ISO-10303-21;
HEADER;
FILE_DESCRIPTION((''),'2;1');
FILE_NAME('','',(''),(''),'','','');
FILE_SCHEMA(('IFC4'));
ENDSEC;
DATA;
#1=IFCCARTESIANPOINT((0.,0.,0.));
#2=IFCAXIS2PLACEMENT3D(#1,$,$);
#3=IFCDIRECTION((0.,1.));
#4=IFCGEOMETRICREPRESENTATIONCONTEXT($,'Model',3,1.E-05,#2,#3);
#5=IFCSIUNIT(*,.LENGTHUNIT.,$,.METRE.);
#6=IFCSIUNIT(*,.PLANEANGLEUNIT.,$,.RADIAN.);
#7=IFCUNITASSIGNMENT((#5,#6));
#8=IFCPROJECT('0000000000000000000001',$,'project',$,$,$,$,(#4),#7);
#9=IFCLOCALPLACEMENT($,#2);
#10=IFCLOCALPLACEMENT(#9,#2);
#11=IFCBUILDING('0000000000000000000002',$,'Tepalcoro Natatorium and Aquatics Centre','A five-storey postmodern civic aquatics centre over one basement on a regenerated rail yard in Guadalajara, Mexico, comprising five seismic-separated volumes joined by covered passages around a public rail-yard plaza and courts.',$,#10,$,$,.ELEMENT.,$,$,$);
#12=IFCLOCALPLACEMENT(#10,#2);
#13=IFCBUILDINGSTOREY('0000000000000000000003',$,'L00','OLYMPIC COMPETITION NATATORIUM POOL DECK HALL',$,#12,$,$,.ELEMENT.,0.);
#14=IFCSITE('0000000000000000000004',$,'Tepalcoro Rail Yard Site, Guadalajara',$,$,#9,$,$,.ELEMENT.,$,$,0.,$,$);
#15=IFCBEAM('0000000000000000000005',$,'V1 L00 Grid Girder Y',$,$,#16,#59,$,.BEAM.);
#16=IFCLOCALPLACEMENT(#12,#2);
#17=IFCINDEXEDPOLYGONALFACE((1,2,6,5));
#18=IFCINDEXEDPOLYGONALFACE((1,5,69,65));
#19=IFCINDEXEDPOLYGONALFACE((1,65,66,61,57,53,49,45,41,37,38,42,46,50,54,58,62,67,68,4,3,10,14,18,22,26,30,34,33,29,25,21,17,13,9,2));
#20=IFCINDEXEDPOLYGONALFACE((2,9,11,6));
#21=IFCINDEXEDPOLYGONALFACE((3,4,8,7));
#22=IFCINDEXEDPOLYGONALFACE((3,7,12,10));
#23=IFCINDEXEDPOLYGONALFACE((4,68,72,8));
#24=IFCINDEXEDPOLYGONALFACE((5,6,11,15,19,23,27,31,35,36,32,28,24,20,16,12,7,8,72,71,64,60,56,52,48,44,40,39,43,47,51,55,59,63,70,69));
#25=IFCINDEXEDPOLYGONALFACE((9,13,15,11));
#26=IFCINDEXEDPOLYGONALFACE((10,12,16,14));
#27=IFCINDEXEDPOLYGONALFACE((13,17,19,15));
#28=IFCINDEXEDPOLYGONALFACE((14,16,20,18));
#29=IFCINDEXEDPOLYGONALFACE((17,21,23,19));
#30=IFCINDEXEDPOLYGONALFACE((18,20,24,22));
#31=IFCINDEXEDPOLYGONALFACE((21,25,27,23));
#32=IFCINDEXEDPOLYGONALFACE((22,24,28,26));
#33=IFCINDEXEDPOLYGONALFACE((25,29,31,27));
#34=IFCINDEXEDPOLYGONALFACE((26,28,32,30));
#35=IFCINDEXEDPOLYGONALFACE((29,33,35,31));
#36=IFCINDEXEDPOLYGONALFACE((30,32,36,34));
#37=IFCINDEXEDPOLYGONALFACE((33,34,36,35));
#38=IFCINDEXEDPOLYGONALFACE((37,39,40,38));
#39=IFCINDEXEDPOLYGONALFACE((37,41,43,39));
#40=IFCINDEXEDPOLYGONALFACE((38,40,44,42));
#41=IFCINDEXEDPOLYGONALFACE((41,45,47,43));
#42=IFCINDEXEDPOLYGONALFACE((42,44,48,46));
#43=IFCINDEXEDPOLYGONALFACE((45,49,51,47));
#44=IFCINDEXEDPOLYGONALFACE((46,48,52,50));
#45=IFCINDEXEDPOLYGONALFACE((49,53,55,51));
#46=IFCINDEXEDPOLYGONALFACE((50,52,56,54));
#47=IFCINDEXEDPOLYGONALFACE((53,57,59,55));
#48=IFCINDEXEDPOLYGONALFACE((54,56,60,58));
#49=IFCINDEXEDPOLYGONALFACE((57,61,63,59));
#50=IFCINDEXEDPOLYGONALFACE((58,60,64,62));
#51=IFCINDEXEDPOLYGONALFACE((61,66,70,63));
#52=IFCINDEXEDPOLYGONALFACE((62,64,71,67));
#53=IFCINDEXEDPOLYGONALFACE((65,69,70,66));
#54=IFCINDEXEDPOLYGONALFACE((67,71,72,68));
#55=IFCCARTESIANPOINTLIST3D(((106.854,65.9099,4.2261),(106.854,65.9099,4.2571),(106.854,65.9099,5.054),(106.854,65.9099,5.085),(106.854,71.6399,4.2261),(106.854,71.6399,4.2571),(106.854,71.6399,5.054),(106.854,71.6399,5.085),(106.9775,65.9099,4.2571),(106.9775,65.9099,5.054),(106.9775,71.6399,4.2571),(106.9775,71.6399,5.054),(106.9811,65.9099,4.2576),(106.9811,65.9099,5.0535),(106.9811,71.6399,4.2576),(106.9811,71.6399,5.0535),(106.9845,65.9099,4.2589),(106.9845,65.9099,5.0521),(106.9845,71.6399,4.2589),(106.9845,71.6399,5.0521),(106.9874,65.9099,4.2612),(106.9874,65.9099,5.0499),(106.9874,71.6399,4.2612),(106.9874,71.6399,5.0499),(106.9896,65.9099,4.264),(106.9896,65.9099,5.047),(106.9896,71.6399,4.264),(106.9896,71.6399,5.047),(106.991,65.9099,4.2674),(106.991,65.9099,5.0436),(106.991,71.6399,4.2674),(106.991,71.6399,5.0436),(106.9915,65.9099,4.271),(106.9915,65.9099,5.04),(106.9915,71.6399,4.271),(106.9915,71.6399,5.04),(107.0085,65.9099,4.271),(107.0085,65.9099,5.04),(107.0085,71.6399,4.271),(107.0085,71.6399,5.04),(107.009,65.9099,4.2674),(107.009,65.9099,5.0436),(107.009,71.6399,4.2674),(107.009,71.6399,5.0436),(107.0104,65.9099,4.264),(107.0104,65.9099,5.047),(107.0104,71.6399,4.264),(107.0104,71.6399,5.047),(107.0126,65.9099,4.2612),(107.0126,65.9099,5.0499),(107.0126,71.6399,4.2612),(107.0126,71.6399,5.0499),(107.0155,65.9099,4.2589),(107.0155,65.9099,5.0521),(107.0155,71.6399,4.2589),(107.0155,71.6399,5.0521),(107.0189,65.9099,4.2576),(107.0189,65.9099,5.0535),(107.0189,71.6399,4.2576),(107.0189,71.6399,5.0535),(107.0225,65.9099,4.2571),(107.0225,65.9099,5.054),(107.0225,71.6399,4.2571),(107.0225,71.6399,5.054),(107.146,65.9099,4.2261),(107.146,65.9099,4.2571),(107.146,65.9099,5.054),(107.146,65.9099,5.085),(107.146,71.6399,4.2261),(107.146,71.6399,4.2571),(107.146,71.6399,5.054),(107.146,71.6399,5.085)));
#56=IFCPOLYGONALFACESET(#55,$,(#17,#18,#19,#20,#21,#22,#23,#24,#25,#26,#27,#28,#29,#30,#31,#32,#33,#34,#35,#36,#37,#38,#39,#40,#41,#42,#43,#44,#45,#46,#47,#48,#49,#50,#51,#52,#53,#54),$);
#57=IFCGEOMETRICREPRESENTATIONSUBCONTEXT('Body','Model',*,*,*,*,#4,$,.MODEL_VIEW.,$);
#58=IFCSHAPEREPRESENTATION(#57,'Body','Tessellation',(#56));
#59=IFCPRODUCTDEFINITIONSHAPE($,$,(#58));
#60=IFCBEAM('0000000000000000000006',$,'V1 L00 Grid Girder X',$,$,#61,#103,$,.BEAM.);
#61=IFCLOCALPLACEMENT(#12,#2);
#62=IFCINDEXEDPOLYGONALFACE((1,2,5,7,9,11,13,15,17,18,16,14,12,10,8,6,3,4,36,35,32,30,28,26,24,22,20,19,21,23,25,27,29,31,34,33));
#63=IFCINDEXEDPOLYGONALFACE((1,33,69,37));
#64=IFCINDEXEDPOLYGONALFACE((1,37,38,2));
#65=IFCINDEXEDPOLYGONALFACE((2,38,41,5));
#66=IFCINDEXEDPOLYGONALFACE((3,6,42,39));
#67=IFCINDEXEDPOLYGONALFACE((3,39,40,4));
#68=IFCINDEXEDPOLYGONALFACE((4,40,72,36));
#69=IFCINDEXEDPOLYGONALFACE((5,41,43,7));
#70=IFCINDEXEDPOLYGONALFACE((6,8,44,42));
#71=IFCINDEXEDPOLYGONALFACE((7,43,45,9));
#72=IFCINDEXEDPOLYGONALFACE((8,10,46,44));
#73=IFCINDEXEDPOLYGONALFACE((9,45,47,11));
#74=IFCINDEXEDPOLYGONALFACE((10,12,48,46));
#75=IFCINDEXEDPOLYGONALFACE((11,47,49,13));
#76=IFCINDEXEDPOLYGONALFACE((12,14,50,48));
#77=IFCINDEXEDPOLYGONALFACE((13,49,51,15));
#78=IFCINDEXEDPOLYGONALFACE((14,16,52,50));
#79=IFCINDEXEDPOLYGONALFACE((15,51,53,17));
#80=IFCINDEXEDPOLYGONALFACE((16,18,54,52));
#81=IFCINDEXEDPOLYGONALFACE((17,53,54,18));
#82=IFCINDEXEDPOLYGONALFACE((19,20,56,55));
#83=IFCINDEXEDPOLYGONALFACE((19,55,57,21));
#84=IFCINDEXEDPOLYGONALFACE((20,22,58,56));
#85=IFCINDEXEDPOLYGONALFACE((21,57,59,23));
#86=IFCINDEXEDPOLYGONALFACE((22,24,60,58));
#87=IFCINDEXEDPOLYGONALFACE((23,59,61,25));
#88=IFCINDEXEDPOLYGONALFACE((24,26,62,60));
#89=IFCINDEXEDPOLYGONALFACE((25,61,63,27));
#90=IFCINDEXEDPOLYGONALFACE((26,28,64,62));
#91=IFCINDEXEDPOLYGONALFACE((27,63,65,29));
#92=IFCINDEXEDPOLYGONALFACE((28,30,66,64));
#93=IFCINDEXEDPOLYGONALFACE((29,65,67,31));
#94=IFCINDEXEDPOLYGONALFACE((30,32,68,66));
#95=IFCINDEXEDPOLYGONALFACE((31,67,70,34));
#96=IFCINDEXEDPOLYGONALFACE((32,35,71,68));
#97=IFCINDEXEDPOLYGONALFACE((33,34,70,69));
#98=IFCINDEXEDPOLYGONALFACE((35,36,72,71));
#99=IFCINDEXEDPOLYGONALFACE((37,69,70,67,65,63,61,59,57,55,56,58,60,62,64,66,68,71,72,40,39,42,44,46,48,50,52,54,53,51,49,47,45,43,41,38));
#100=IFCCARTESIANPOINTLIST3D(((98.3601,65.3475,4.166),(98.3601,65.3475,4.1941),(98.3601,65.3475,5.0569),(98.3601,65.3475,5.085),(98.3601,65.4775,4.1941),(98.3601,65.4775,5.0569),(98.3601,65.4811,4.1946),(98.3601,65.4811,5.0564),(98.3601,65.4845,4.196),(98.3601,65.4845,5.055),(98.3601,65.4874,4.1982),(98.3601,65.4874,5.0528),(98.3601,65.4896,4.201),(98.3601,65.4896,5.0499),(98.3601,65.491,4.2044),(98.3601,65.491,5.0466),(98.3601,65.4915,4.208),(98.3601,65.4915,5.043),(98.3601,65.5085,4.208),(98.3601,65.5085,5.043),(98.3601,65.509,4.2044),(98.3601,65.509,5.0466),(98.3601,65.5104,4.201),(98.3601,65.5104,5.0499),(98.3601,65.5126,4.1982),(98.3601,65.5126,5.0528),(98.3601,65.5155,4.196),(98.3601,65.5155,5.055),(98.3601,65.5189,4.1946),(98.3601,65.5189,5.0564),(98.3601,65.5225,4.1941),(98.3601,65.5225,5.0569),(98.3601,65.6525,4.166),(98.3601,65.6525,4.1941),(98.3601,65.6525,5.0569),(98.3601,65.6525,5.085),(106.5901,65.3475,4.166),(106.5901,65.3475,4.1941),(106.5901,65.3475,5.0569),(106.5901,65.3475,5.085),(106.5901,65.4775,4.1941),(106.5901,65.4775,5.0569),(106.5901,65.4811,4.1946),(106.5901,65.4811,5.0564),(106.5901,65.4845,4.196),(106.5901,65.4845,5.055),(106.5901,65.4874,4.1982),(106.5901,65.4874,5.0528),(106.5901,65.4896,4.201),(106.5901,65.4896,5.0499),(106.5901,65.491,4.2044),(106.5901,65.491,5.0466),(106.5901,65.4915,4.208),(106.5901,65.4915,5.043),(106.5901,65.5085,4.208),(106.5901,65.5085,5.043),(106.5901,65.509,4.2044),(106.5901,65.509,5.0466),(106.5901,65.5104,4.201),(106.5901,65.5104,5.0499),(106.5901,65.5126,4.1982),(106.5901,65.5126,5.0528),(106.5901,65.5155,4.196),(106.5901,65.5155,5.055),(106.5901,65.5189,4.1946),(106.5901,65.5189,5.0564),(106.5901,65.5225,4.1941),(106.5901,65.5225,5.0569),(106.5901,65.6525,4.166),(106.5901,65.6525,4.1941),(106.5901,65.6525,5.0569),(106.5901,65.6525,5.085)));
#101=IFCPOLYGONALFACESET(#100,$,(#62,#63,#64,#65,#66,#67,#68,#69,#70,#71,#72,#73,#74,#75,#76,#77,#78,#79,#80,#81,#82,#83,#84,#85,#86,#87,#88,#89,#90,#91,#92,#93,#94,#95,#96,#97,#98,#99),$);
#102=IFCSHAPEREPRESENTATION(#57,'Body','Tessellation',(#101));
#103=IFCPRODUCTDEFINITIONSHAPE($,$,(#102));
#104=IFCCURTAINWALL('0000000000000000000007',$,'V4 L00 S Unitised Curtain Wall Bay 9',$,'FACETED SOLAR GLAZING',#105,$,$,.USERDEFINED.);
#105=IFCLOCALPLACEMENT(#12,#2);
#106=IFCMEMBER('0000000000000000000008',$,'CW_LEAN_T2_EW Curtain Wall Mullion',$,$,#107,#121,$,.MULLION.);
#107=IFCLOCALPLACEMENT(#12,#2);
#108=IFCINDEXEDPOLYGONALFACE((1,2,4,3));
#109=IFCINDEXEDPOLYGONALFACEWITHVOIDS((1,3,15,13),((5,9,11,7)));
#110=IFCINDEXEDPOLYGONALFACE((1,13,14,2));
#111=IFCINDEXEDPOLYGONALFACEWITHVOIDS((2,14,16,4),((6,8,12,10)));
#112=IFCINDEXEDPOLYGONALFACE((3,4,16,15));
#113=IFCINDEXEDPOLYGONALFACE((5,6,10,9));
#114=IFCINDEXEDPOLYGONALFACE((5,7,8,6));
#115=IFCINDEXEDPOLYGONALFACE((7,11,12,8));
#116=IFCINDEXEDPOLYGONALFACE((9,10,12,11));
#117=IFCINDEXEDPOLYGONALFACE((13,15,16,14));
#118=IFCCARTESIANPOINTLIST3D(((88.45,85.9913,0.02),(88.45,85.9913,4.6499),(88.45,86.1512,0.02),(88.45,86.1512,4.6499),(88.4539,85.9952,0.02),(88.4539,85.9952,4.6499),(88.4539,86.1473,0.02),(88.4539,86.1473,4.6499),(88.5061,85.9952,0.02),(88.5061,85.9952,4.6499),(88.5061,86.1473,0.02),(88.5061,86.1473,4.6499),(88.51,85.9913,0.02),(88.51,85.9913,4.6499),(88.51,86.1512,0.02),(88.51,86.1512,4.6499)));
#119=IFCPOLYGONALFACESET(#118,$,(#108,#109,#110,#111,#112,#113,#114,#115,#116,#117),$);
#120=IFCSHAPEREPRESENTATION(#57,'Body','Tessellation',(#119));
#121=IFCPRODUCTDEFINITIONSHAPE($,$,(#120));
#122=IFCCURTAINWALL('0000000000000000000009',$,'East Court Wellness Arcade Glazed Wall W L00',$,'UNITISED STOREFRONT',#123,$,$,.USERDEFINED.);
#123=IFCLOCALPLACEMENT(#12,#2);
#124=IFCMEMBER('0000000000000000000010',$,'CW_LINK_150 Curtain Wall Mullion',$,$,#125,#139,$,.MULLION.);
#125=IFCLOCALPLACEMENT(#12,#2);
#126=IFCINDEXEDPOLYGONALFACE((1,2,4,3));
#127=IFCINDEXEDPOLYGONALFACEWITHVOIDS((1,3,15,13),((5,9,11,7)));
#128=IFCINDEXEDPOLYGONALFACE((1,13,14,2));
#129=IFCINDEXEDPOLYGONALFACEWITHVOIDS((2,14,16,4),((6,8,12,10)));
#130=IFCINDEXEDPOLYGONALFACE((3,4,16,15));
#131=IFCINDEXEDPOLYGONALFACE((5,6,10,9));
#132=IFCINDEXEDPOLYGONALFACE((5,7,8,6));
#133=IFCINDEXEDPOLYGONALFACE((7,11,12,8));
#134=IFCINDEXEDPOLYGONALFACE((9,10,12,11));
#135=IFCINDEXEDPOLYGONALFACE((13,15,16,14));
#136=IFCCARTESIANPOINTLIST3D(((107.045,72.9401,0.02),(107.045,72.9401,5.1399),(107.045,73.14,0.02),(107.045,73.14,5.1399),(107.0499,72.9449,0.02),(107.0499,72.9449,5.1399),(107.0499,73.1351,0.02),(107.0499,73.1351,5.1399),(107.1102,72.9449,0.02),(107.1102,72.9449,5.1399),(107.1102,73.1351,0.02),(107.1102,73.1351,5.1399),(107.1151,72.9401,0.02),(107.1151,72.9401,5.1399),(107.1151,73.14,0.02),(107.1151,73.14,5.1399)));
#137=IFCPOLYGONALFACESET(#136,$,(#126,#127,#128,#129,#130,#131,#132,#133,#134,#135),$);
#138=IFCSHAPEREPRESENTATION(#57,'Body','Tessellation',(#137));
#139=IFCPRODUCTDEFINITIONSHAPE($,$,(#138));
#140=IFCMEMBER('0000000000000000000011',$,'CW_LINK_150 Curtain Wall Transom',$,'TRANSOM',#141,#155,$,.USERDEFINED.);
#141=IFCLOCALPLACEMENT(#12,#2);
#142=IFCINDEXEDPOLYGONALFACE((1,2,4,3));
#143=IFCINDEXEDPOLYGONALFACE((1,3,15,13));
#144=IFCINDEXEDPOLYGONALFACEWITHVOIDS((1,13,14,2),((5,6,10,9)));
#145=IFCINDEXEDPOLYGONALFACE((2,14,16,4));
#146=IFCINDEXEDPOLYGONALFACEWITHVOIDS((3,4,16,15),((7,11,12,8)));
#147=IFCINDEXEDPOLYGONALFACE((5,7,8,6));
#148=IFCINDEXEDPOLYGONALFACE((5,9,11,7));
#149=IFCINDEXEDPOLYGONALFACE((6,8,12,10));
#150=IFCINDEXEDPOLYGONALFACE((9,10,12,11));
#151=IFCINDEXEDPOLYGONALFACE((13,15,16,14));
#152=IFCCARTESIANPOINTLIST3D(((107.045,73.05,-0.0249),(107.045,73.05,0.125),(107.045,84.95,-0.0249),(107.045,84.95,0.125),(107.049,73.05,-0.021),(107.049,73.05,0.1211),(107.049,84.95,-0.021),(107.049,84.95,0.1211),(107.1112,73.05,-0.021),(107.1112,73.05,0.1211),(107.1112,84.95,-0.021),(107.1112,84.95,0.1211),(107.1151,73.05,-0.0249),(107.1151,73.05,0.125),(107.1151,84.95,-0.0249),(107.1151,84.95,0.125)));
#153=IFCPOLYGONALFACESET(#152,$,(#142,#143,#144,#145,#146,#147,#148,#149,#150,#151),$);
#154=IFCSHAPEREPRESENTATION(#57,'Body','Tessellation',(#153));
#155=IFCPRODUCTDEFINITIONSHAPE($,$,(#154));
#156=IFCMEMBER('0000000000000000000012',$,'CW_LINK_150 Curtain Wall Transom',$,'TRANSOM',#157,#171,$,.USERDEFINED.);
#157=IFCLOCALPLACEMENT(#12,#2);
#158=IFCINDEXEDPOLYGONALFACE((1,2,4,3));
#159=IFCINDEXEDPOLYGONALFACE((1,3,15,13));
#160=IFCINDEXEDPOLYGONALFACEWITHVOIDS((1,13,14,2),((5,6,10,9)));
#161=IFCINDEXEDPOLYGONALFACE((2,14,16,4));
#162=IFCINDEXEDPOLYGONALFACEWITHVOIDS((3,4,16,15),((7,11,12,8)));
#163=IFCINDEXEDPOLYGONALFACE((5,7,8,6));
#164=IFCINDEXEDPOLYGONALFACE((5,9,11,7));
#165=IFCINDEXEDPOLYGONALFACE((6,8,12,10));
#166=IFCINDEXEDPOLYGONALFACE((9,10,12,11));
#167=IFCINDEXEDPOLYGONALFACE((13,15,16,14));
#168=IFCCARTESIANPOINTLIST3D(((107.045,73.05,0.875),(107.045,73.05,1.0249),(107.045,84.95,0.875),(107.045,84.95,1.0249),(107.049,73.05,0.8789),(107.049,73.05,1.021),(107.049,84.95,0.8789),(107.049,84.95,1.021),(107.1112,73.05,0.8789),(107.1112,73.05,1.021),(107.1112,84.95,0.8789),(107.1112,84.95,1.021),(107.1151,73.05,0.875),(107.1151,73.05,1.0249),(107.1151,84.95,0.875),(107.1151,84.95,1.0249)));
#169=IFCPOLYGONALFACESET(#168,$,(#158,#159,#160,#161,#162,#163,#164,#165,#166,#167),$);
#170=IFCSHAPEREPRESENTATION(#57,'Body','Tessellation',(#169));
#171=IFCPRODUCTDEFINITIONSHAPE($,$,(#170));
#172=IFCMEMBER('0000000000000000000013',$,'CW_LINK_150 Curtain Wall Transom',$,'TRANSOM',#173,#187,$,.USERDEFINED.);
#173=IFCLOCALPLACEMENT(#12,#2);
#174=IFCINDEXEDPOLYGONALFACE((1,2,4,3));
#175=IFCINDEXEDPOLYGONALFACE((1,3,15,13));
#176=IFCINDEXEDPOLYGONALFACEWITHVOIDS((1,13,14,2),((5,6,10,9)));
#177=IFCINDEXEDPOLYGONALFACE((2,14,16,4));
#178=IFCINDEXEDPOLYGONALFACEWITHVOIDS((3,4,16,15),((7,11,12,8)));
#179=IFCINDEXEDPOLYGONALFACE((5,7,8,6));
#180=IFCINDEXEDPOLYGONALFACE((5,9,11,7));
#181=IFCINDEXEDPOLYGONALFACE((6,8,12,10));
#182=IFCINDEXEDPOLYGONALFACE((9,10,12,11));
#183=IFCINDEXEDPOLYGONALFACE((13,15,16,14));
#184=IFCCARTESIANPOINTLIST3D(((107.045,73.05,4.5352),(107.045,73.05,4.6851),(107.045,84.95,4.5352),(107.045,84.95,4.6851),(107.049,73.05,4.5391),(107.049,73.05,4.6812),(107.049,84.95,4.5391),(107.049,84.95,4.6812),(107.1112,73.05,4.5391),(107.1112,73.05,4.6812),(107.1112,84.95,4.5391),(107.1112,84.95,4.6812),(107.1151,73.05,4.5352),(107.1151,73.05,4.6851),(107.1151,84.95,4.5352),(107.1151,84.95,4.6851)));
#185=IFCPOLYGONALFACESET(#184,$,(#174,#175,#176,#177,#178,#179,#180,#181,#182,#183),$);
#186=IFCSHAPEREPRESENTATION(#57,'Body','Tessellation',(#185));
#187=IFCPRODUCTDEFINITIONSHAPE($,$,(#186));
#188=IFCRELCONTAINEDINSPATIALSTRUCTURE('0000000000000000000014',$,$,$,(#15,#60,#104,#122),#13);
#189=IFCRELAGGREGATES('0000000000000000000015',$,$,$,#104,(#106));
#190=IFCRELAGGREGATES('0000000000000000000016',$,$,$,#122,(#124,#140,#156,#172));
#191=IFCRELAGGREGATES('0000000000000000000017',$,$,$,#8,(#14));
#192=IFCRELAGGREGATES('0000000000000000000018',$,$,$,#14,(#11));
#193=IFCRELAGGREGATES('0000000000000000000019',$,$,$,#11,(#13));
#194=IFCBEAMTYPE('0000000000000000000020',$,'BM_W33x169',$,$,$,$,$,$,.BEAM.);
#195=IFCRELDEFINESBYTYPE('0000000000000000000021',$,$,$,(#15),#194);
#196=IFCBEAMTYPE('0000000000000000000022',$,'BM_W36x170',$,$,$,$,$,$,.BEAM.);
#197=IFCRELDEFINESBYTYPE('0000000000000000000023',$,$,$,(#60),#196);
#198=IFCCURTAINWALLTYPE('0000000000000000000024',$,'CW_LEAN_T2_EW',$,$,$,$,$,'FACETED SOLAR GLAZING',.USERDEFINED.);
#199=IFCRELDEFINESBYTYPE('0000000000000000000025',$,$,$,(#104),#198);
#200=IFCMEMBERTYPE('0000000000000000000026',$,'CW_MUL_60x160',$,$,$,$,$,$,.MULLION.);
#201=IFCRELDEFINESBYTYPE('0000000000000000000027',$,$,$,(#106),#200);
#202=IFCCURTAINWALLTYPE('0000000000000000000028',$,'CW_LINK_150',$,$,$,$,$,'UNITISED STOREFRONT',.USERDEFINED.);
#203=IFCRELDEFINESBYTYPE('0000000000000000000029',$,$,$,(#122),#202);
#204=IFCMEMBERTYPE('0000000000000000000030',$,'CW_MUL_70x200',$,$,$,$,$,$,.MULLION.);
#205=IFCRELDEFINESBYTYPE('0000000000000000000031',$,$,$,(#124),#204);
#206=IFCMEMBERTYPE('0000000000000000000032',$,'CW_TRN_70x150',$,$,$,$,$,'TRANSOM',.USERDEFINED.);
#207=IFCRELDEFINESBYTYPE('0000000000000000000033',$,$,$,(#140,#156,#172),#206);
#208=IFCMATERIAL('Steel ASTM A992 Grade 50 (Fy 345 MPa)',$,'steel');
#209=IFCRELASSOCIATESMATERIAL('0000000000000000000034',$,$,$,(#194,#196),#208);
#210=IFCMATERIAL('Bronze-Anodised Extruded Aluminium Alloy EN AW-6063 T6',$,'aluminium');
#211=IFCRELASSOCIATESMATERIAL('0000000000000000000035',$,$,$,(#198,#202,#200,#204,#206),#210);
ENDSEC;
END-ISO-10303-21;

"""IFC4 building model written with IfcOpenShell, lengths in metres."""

from ifc_helpers import new_model, si_unit, direction, frame, origin, origin_2d, place, context, subcontext, project, spatial, hollow_rectangle, i_section, extrude, material, material_profile, profile_set, type_object, element, aggregate, save


model = new_model("IFC4")

# Units and contexts
model_context = context("Model", 3, precision=1e-05, world=origin(), true_north=direction((0.0, 1.0)))
body_context = subcontext(model_context, "Body", "Model", "MODEL_VIEW")
ifc_project = project(units=[si_unit("LENGTHUNIT", "METRE"), si_unit("PLANEANGLEUNIT", "RADIAN")], contexts=[model_context])

# Site, building, storey
site_placement = place(None, origin())
site = spatial("IfcSite", under=ifc_project, at=site_placement, Name="Tepalcoro Rail Yard Site, Guadalajara", CompositionType="ELEMENT", RefElevation=0.0)
building_placement = place(site_placement, origin())
building = spatial("IfcBuilding", under=site, at=building_placement, Name="Tepalcoro Natatorium and Aquatics Centre", Description="A five-storey postmodern civic aquatics centre over one basement on a regenerated rail yard in Guadalajara, Mexico, comprising five seismic-separated volumes joined by covered passages around a public rail-yard plaza and courts.", CompositionType="ELEMENT")
storey_placement = place(building_placement, origin())
storey = spatial("IfcBuildingStorey", under=building, at=storey_placement, Name="L00", Description="OLYMPIC COMPETITION NATATORIUM POOL DECK HALL", CompositionType="ELEMENT", Elevation=0.0)

# Beams
ifc_material_1 = material(Name="Steel ASTM A992 Grade 50 (Fy 345 MPa)", Category="steel")
ifc_material_profile_1 = material_profile(ifc_material_1, i_section(OverallWidth=0.292, OverallDepth=0.8589, WebThickness=0.0171, FlangeThickness=0.031, FilletRadius=0.0139, at=origin_2d()), Name="W33X169")
ifc_profile_set_1 = profile_set([ifc_material_profile_1], Name="Steel ASTM A992 Grade 50 (Fy 345 MPa)")
beam_type_1 = type_object("IfcBeamType", Name="BM_W33x169", PredefinedType="BEAM", material=ifc_profile_set_1)
beam_1_placement = place(storey_placement, frame((107.0, 65.9099, 4.6555), z_axis=(0.0, 1.0, 0.0), x_axis=(-1.0, 0.0, 0.0)))
element("IfcBeam", 1, at=beam_1_placement, inside=storey, type_object=beam_type_1, Name="V1 L00 Grid Girder Y", PredefinedType="BEAM", context=body_context, shape_type="SweptSolid", body=[
    extrude(i_section(OverallWidth=0.292, OverallDepth=0.8589, WebThickness=0.0171, FlangeThickness=0.031, FilletRadius=0.0139, at=origin_2d()), origin(), (0.0, 0.0, 1.0), 5.73),
])
ifc_material_profile_2 = material_profile(ifc_material_1, i_section(OverallWidth=0.3049, OverallDepth=0.9189, WebThickness=0.0171, FlangeThickness=0.0281, FilletRadius=0.0139, at=origin_2d()), Name="W36X170")
ifc_profile_set_2 = profile_set([ifc_material_profile_2], Name="Steel ASTM A992 Grade 50 (Fy 345 MPa)")
beam_type_2 = type_object("IfcBeamType", Name="BM_W36x170", PredefinedType="BEAM", material=ifc_profile_set_2)
beam_2_placement = place(storey_placement, frame((98.3601, 65.5, 4.6255), z_axis=(1.0, 0.0, 0.0), x_axis=(0.0, 1.0, 0.0)))
element("IfcBeam", 2, at=beam_2_placement, inside=storey, type_object=beam_type_2, Name="V1 L00 Grid Girder X", PredefinedType="BEAM", context=body_context, shape_type="SweptSolid", body=[
    extrude(i_section(OverallWidth=0.3049, OverallDepth=0.9189, WebThickness=0.0171, FlangeThickness=0.0281, FilletRadius=0.0139, at=origin_2d()), origin(), (0.0, 0.0, 1.0), 8.23),
])

# Curtain wall, member
ifc_material_2 = material(Name="Bronze-Anodised Extruded Aluminium Alloy EN AW-6063 T6", Category="aluminium")
curtain_wall_type_1 = type_object("IfcCurtainWallType", Name="CW_LEAN_T2_EW", ElementType="FACETED SOLAR GLAZING", PredefinedType="USERDEFINED", material=ifc_material_2)
curtain_wall_1_placement = place(storey_placement, origin())
curtain_wall_1 = element("IfcCurtainWall", 3, at=curtain_wall_1_placement, inside=storey, type_object=curtain_wall_type_1, Name="V4 L00 S Unitised Curtain Wall Bay 9", ObjectType="FACETED SOLAR GLAZING", PredefinedType="USERDEFINED")
ifc_material_profile_3 = material_profile(ifc_material_2, hollow_rectangle(XDim=0.0601, YDim=0.1599, WallThickness=0.0039, at=origin_2d()), Name="AL60X160X4")
ifc_profile_set_3 = profile_set([ifc_material_profile_3], Name="Bronze-Anodised Extruded Aluminium Alloy EN AW-6063 T6")
member_type_1 = type_object("IfcMemberType", Name="CW_MUL_60x160", PredefinedType="MULLION", material=ifc_profile_set_3)
member_1_placement = place(storey_placement, frame((88.48, 86.0713, 0.02), z_axis=(0.0, 0.0, 1.0), x_axis=(1.0, 0.0, 0.0)))
member_1 = element("IfcMember", 4, at=member_1_placement, type_object=member_type_1, Name="CW_LEAN_T2_EW Curtain Wall Mullion", PredefinedType="MULLION", context=body_context, shape_type="SweptSolid", body=[
    extrude(hollow_rectangle(XDim=0.0601, YDim=0.1599, WallThickness=0.0039, at=origin_2d()), origin(), (0.0, 0.0, 1.0), 4.6299),
])
aggregate(curtain_wall_1, [member_1])

# Curtain wall, members
curtain_wall_type_2 = type_object("IfcCurtainWallType", Name="CW_LINK_150", ElementType="UNITISED STOREFRONT", PredefinedType="USERDEFINED", material=ifc_material_2)
curtain_wall_2_placement = place(storey_placement, origin())
curtain_wall_2 = element("IfcCurtainWall", 5, at=curtain_wall_2_placement, inside=storey, type_object=curtain_wall_type_2, Name="East Court Wellness Arcade Glazed Wall W L00", ObjectType="UNITISED STOREFRONT", PredefinedType="USERDEFINED")
ifc_material_profile_4 = material_profile(ifc_material_2, hollow_rectangle(XDim=0.0701, YDim=0.2, WallThickness=0.0049, at=origin_2d()), Name="AL70X200X5")
ifc_profile_set_4 = profile_set([ifc_material_profile_4], Name="Bronze-Anodised Extruded Aluminium Alloy EN AW-6063 T6")
member_type_2 = type_object("IfcMemberType", Name="CW_MUL_70x200", PredefinedType="MULLION", material=ifc_profile_set_4)
member_2_placement = place(storey_placement, frame((107.0801, 73.04, 0.02), z_axis=(0.0, 0.0, 1.0), x_axis=(1.0, 0.0, 0.0)))
member_2 = element("IfcMember", 6, at=member_2_placement, type_object=member_type_2, Name="CW_LINK_150 Curtain Wall Mullion", PredefinedType="MULLION", context=body_context, shape_type="SweptSolid", body=[
    extrude(hollow_rectangle(XDim=0.0701, YDim=0.2, WallThickness=0.0049, at=origin_2d()), origin(), (0.0, 0.0, 1.0), 5.1199),
])
ifc_material_profile_5 = material_profile(ifc_material_2, hollow_rectangle(XDim=0.0701, YDim=0.1499, WallThickness=0.0039, at=origin_2d()), Name="AL70X150X4")
ifc_profile_set_5 = profile_set([ifc_material_profile_5], Name="Bronze-Anodised Extruded Aluminium Alloy EN AW-6063 T6")
member_type_3 = type_object("IfcMemberType", Name="CW_TRN_70x150", ElementType="TRANSOM", PredefinedType="USERDEFINED", material=ifc_profile_set_5)
member_3_placement = place(storey_placement, frame((107.0801, 73.05, 0.05), z_axis=(0.0, 1.0, 0.0), x_axis=(-1.0, 0.0, 0.0)))
member_3 = element("IfcMember", 7, at=member_3_placement, type_object=member_type_3, Name="CW_LINK_150 Curtain Wall Transom", ObjectType="TRANSOM", PredefinedType="USERDEFINED", context=body_context, shape_type="SweptSolid", body=[
    extrude(hollow_rectangle(XDim=0.0701, YDim=0.1499, WallThickness=0.0039, at=origin_2d()), origin(), (0.0, 0.0, 1.0), 11.8999),
])
member_4_placement = place(storey_placement, frame((107.0801, 73.05, 0.95), z_axis=(0.0, 1.0, 0.0), x_axis=(-1.0, 0.0, 0.0)))
member_4 = element("IfcMember", 8, at=member_4_placement, type_object=member_type_3, Name="CW_LINK_150 Curtain Wall Transom", ObjectType="TRANSOM", PredefinedType="USERDEFINED", context=body_context, shape_type="SweptSolid", body=[
    extrude(hollow_rectangle(XDim=0.0701, YDim=0.1499, WallThickness=0.0039, at=origin_2d()), origin(), (0.0, 0.0, 1.0), 11.8999),
])
member_5_placement = place(storey_placement, frame((107.0801, 73.05, 4.6101), z_axis=(0.0, 1.0, 0.0), x_axis=(-1.0, 0.0, 0.0)))
member_5 = element("IfcMember", 9, at=member_5_placement, type_object=member_type_3, Name="CW_LINK_150 Curtain Wall Transom", ObjectType="TRANSOM", PredefinedType="USERDEFINED", context=body_context, shape_type="SweptSolid", body=[
    extrude(hollow_rectangle(XDim=0.0701, YDim=0.1499, WallThickness=0.0039, at=origin_2d()), origin(), (0.0, 0.0, 1.0), 11.8999),
])

aggregate(curtain_wall_2, [member_2, member_3, member_4, member_5])

save(model, "model.ifc")
